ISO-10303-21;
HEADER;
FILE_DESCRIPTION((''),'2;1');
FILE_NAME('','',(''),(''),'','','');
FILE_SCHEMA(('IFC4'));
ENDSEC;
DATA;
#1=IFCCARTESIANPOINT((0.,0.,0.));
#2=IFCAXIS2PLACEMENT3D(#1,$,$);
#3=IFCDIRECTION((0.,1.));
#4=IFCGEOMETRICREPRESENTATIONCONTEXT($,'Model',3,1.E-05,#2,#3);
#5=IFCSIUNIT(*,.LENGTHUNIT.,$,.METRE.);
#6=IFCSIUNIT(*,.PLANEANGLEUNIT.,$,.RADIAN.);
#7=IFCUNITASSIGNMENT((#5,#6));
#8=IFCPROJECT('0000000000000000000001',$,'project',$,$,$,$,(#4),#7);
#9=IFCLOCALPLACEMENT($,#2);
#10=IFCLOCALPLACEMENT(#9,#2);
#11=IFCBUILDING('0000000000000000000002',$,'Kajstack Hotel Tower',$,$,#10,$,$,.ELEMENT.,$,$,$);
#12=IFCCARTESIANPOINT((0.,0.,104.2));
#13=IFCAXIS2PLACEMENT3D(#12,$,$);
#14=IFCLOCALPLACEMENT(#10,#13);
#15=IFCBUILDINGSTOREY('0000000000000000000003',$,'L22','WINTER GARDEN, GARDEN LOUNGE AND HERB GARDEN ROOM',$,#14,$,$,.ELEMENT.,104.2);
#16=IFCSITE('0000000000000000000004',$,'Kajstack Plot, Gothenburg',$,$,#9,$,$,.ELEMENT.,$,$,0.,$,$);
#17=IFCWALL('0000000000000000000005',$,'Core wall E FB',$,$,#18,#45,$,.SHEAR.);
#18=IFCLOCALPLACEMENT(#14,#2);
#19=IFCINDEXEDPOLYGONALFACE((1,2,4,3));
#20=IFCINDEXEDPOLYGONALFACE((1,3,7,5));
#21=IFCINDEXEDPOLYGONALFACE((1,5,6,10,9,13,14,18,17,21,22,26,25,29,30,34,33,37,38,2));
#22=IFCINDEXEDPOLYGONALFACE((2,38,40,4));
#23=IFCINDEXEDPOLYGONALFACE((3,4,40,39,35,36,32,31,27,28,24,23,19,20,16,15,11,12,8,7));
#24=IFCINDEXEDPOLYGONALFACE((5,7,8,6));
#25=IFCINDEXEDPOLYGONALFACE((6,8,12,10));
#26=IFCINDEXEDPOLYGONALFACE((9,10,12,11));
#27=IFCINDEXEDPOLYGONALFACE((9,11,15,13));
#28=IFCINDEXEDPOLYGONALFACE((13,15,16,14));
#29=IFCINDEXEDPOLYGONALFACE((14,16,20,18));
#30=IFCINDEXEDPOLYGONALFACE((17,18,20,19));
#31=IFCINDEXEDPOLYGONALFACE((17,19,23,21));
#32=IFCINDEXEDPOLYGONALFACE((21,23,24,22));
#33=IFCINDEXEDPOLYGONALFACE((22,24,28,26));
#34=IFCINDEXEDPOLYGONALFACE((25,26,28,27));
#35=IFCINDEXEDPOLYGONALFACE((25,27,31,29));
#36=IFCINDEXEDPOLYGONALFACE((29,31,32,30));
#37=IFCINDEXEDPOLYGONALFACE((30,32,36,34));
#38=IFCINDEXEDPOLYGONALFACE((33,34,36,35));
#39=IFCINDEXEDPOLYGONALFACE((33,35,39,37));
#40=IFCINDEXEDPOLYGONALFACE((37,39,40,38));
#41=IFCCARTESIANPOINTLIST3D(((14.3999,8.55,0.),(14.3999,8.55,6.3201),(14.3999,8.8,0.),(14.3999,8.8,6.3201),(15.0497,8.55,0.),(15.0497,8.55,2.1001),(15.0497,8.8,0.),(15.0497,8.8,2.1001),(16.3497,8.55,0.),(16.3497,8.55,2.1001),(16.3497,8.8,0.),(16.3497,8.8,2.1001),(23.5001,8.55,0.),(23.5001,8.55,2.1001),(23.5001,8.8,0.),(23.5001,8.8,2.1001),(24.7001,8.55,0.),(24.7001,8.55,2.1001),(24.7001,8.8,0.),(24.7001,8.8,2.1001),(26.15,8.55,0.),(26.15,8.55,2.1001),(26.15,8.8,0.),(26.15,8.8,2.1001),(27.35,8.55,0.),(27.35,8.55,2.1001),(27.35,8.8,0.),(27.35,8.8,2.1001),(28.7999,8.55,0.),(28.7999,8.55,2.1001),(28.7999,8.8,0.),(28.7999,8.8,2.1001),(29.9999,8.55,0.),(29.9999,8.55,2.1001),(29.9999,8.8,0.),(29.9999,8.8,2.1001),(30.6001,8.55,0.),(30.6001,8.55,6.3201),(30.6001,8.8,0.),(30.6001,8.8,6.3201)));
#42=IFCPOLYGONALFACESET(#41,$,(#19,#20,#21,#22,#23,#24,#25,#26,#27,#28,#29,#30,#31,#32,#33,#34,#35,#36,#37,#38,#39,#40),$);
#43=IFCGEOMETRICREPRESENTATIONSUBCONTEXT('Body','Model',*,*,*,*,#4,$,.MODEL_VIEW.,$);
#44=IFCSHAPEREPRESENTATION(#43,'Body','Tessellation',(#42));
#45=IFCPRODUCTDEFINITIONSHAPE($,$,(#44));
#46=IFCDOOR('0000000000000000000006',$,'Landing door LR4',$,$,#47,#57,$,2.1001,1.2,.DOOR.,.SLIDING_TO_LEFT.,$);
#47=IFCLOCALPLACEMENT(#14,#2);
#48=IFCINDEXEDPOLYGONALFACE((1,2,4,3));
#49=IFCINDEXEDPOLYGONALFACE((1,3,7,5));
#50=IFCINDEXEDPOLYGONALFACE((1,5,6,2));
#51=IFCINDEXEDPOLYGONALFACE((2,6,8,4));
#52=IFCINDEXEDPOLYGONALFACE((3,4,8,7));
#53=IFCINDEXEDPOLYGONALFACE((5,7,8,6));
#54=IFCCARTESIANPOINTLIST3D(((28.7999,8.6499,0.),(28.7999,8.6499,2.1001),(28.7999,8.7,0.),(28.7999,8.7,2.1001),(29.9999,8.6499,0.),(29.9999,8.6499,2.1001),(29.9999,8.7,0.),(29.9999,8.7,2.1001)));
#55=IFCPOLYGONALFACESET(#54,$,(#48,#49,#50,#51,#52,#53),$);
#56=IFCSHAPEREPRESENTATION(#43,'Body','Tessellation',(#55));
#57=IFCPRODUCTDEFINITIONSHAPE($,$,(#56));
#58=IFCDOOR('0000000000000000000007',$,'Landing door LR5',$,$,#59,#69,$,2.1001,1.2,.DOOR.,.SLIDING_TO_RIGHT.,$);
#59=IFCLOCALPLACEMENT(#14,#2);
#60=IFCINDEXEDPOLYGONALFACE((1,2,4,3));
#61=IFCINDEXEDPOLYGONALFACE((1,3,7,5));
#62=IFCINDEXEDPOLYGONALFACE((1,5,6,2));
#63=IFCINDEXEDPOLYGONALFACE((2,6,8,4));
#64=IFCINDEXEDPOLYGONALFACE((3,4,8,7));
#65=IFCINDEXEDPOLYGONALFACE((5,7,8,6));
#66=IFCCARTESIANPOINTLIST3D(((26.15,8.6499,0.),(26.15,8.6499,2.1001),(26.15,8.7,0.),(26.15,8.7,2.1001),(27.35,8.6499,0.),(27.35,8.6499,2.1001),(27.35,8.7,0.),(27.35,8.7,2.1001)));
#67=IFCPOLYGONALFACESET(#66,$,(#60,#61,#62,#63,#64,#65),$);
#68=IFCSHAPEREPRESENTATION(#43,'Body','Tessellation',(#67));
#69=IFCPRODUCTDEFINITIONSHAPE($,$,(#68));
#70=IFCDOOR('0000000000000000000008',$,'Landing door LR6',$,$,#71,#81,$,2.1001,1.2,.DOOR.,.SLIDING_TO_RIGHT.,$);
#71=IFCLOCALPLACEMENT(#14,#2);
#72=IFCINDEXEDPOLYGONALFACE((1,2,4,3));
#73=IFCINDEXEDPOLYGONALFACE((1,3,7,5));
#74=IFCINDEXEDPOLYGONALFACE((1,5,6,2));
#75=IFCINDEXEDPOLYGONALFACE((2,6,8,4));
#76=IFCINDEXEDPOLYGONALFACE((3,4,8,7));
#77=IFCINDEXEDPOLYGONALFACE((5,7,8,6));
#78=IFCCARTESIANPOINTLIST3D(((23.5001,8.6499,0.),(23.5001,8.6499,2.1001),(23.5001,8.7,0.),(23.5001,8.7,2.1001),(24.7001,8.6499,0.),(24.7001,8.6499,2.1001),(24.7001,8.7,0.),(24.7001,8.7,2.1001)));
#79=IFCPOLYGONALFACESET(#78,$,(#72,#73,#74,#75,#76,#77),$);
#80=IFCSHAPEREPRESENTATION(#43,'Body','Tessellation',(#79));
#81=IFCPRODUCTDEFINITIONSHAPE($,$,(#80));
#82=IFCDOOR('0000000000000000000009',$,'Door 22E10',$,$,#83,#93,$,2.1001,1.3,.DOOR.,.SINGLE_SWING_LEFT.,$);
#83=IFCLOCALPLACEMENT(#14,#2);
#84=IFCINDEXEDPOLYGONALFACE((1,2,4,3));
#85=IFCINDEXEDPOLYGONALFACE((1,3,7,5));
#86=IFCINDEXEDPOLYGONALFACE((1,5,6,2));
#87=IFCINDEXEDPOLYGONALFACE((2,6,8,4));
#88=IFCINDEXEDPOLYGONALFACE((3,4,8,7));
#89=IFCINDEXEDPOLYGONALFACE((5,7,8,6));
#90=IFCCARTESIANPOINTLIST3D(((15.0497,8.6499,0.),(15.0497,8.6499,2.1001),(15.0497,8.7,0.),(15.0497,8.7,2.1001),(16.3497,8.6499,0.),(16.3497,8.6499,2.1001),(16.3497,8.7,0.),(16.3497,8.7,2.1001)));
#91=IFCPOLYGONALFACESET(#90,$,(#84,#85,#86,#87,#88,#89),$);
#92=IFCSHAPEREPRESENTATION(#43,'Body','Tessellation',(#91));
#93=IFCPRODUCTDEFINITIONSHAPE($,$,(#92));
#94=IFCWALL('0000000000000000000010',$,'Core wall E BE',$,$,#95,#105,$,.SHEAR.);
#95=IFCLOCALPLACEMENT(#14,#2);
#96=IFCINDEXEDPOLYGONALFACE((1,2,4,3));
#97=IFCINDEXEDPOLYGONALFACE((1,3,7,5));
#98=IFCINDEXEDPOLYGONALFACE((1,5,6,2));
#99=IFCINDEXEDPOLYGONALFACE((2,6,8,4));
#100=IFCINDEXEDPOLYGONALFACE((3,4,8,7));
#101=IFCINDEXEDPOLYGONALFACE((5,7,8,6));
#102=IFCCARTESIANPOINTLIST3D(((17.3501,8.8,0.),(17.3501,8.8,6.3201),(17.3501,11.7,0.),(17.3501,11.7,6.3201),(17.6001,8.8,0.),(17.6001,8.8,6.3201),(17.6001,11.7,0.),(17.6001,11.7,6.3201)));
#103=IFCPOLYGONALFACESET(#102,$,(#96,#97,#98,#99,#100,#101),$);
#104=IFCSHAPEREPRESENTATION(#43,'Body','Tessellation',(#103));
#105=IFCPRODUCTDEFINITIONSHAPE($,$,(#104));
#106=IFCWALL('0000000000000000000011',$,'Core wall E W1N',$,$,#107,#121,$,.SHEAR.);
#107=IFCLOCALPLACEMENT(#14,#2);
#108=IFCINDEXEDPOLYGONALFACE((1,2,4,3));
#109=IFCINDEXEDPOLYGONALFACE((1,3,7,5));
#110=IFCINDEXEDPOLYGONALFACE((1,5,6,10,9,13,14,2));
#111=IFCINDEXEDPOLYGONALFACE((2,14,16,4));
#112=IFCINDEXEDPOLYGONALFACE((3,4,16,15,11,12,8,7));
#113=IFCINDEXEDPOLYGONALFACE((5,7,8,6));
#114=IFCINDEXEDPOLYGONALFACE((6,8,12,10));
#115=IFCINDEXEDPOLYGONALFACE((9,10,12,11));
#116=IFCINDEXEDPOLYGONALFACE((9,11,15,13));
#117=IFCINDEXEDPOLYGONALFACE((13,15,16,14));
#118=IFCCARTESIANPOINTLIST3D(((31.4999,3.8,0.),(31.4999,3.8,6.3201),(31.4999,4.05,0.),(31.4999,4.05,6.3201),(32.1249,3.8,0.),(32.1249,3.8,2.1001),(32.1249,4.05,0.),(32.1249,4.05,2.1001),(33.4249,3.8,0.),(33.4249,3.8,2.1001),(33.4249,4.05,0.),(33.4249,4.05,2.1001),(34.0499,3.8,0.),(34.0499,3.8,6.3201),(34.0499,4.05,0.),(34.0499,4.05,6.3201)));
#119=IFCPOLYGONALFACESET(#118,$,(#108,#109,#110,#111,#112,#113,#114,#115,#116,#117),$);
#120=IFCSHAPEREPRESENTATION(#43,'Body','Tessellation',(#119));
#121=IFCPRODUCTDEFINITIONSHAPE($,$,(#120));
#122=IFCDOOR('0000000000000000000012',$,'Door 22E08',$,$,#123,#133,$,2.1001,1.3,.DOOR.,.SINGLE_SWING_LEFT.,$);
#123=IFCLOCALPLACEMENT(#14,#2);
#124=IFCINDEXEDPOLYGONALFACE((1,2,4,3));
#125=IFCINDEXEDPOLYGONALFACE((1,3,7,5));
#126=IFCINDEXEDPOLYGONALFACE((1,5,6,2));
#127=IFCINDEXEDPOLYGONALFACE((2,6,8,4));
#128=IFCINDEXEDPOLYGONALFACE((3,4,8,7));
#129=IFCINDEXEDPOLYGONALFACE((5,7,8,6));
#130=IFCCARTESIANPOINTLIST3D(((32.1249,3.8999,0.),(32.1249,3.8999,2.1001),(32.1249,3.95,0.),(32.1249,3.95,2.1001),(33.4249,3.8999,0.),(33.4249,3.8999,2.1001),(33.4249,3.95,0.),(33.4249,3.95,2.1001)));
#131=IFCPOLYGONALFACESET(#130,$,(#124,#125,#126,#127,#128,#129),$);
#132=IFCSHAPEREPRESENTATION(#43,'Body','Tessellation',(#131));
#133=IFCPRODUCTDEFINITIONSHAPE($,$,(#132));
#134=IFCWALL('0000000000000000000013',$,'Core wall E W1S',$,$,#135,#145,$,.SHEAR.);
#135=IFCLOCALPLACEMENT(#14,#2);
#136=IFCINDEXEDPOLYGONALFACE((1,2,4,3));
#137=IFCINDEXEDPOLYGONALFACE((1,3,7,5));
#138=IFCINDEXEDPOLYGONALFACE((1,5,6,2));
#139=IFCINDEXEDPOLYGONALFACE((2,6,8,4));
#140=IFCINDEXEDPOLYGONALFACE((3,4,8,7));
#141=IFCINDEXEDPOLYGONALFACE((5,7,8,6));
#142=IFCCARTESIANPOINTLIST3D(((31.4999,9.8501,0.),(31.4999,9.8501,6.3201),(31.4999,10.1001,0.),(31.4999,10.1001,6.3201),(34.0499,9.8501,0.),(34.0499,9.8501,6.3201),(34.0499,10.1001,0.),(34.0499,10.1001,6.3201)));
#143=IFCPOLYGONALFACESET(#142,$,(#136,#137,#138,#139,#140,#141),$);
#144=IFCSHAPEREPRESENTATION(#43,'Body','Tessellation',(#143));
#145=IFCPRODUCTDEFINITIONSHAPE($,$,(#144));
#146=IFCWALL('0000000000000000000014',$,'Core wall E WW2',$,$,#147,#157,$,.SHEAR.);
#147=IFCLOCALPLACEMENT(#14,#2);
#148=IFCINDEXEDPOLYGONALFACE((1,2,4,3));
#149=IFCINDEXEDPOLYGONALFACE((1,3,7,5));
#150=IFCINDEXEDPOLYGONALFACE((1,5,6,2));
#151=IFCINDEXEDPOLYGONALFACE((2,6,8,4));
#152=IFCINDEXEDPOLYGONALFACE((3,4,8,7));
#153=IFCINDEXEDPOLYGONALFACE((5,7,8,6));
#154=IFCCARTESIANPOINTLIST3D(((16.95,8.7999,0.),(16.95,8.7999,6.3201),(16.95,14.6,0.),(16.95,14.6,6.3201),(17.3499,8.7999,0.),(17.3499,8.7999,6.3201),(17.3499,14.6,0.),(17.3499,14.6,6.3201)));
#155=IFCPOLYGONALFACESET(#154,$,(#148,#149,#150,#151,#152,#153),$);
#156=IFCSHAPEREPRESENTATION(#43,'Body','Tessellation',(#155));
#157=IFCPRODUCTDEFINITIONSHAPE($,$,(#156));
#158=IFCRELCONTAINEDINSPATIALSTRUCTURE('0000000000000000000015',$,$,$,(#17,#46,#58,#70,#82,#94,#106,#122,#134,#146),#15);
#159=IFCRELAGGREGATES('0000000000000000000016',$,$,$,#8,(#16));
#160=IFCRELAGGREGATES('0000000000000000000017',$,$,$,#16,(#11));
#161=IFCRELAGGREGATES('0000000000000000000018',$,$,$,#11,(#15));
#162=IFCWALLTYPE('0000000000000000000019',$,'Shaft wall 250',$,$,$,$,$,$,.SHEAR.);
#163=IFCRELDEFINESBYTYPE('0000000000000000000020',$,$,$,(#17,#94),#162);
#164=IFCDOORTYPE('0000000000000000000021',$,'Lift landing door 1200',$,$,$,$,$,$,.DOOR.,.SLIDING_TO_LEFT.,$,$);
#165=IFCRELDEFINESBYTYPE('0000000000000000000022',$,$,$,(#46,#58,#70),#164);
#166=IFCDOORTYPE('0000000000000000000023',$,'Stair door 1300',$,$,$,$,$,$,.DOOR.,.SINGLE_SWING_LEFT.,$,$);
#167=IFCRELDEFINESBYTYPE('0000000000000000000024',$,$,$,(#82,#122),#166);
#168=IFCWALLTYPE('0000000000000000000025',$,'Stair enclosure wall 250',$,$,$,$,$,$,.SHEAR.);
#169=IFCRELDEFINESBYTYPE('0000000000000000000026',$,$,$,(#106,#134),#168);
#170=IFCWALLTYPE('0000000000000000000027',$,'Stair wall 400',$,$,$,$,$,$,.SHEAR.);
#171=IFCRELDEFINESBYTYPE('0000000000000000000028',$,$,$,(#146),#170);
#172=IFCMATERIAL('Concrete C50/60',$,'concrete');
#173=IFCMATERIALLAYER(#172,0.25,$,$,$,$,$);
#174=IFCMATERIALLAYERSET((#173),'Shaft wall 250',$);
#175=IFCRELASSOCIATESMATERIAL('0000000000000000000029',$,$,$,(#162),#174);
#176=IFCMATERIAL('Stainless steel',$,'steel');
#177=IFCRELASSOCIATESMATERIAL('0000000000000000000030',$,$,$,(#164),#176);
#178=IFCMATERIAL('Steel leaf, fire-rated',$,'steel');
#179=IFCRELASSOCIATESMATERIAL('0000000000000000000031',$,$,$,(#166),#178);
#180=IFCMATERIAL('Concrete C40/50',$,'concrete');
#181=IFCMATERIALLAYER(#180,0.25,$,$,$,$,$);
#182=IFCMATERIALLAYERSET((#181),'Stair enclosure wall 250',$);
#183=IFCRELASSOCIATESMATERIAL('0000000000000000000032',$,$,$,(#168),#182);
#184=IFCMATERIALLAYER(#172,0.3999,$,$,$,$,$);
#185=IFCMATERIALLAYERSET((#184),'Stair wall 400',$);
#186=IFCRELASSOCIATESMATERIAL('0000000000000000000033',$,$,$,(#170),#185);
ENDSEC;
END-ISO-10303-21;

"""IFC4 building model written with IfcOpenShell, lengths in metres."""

from ifc_helpers import new_model, si_unit, direction, frame, frame_2d, origin, place, context, subcontext, project, spatial, rectangle, extrude, material, layer, layer_set, type_object, element, fill, save


model = new_model("IFC4")

# Units and contexts
model_context = context("Model", 3, precision=1e-05, world=origin(), true_north=direction((0.0, 1.0)))
body_context = subcontext(model_context, "Body", "Model", "MODEL_VIEW")
ifc_project = project(units=[si_unit("LENGTHUNIT", "METRE"), si_unit("PLANEANGLEUNIT", "RADIAN")], contexts=[model_context])

# Site, building, storey
site_placement = place(None, origin())
site = spatial("IfcSite", under=ifc_project, at=site_placement, Name="Kajstack Plot, Gothenburg", CompositionType="ELEMENT", RefElevation=0.0)
building_placement = place(site_placement, origin())
building = spatial("IfcBuilding", under=site, at=building_placement, Name="Kajstack Hotel Tower", CompositionType="ELEMENT")
storey_placement = place(building_placement, frame((0.0, 0.0, 104.2)))
storey = spatial("IfcBuildingStorey", under=building, at=storey_placement, Name="L22", Description="WINTER GARDEN, GARDEN LOUNGE AND HERB GARDEN ROOM", CompositionType="ELEMENT", Elevation=104.2)

# Shared definitions
ifc_material_1 = material(Name="Stainless steel", Category="steel")

# Shared definitions
ifc_material_2 = material(Name="Concrete C50/60", Category="concrete")

# Shared definitions
ifc_material_3 = material(Name="Steel leaf, fire-rated", Category="steel")

# Shared definitions
ifc_layer_1 = layer(ifc_material_2, 0.25)
ifc_layer_set_1 = layer_set([ifc_layer_1], Name="Shaft wall 250")
wall_type_1 = type_object("IfcWallType", Name="Shaft wall 250", PredefinedType="SHEAR", material=ifc_layer_set_1)

# Wall, openings, doors
wall_1_placement = place(storey_placement, frame((14.3999, 8.675, 0.0), z_axis=(0.0, 0.0, 1.0), x_axis=(1.0, 0.0, 0.0)))
wall_1 = element("IfcWall", 1, at=wall_1_placement, inside=storey, type_object=wall_type_1, Name="Core wall E FB", PredefinedType="SHEAR", context=body_context, shape_type="SweptSolid", body=[
    extrude(rectangle(XDim=16.2002, YDim=0.25, at=frame_2d((8.1001, 0.0))), origin(), (0.0, 0.0, 1.0), 6.3201),
])
opening_1_placement = place(wall_1_placement, frame((14.3999, 0.0, 0.0)))
opening_1 = element("IfcOpeningElement", 2, at=opening_1_placement, cuts=wall_1, PredefinedType="OPENING", context=body_context, shape_type="SweptSolid", body=[
    extrude(rectangle(XDim=1.2, YDim=2.1001, at=frame_2d((0.6001, 1.05))), frame((0.0, 0.135, 0.0), z_axis=(0.0, -1.0, 0.0), x_axis=(1.0, 0.0, 0.0)), (0.0, 0.0, 1.0), 0.27),
])
opening_2_placement = place(wall_1_placement, frame((11.75, 0.0, 0.0)))
opening_2 = element("IfcOpeningElement", 3, at=opening_2_placement, cuts=wall_1, PredefinedType="OPENING", context=body_context, shape_type="SweptSolid", body=[
    extrude(rectangle(XDim=1.2, YDim=2.1001, at=frame_2d((0.6001, 1.05))), frame((0.0, 0.135, 0.0), z_axis=(0.0, -1.0, 0.0), x_axis=(1.0, 0.0, 0.0)), (0.0, 0.0, 1.0), 0.27),
])
opening_3_placement = place(wall_1_placement, frame((9.1001, 0.0, 0.0)))
opening_3 = element("IfcOpeningElement", 4, at=opening_3_placement, cuts=wall_1, PredefinedType="OPENING", context=body_context, shape_type="SweptSolid", body=[
    extrude(rectangle(XDim=1.2, YDim=2.1001, at=frame_2d((0.6001, 1.05))), frame((0.0, 0.135, 0.0), z_axis=(0.0, -1.0, 0.0), x_axis=(1.0, 0.0, 0.0)), (0.0, 0.0, 1.0), 0.27),
])
opening_4_placement = place(wall_1_placement, frame((0.6499, 0.0, 0.0)))
opening_4 = element("IfcOpeningElement", 5, at=opening_4_placement, cuts=wall_1, PredefinedType="OPENING", context=body_context, shape_type="SweptSolid", body=[
    extrude(rectangle(XDim=1.3, YDim=2.1001, at=frame_2d((0.6499, 1.05))), frame((0.0, 0.135, 0.0), z_axis=(0.0, -1.0, 0.0), x_axis=(1.0, 0.0, 0.0)), (0.0, 0.0, 1.0), 0.27),
])
door_type_1 = type_object("IfcDoorType", Name="Lift landing door 1200", OperationType="SLIDING_TO_LEFT", PredefinedType="DOOR", material=ifc_material_1)
door_1_placement = place(opening_1_placement, origin())
door_1 = element("IfcDoor", 6, at=door_1_placement, inside=storey, type_object=door_type_1, Name="Landing door LR4", OperationType="SLIDING_TO_LEFT", OverallHeight=2.1001, OverallWidth=1.2, PredefinedType="DOOR", context=body_context, shape_type="SweptSolid", body=[
    extrude(rectangle(XDim=1.2, YDim=2.1001, at=frame_2d((0.6001, 1.05))), frame((0.0, 0.0249, 0.0), z_axis=(0.0, -1.0, 0.0), x_axis=(1.0, 0.0, 0.0)), (0.0, 0.0, 1.0), 0.05),
])
fill(opening_1, door_1)
door_2_placement = place(opening_2_placement, origin())
door_2 = element("IfcDoor", 7, at=door_2_placement, inside=storey, type_object=door_type_1, Name="Landing door LR5", OperationType="SLIDING_TO_RIGHT", OverallHeight=2.1001, OverallWidth=1.2, PredefinedType="DOOR", context=body_context, shape_type="SweptSolid", body=[
    extrude(rectangle(XDim=1.2, YDim=2.1001, at=frame_2d((0.6001, 1.05))), frame((0.0, 0.0249, 0.0), z_axis=(0.0, -1.0, 0.0), x_axis=(1.0, 0.0, 0.0)), (0.0, 0.0, 1.0), 0.05),
])
fill(opening_2, door_2)
door_3_placement = place(opening_3_placement, origin())
door_3 = element("IfcDoor", 8, at=door_3_placement, inside=storey, type_object=door_type_1, Name="Landing door LR6", OperationType="SLIDING_TO_RIGHT", OverallHeight=2.1001, OverallWidth=1.2, PredefinedType="DOOR", context=body_context, shape_type="SweptSolid", body=[
    extrude(rectangle(XDim=1.2, YDim=2.1001, at=frame_2d((0.6001, 1.05))), frame((0.0, 0.0249, 0.0), z_axis=(0.0, -1.0, 0.0), x_axis=(1.0, 0.0, 0.0)), (0.0, 0.0, 1.0), 0.05),
])
fill(opening_3, door_3)
door_type_2 = type_object("IfcDoorType", Name="Stair door 1300", OperationType="SINGLE_SWING_LEFT", PredefinedType="DOOR", material=ifc_material_3)
door_4_placement = place(opening_4_placement, origin())
door_4 = element("IfcDoor", 9, at=door_4_placement, inside=storey, type_object=door_type_2, Name="Door 22E10", OperationType="SINGLE_SWING_LEFT", OverallHeight=2.1001, OverallWidth=1.3, PredefinedType="DOOR", context=body_context, shape_type="SweptSolid", body=[
    extrude(rectangle(XDim=1.3, YDim=2.1001, at=frame_2d((0.6499, 1.05))), frame((0.0, 0.0249, 0.0), z_axis=(0.0, -1.0, 0.0), x_axis=(1.0, 0.0, 0.0)), (0.0, 0.0, 1.0), 0.05),
])
fill(opening_4, door_4)

# Wall
wall_2_placement = place(storey_placement, frame((17.4751, 8.8, 0.0), z_axis=(0.0, 0.0, 1.0), x_axis=(0.0, 1.0, 0.0)))
element("IfcWall", 10, at=wall_2_placement, inside=storey, type_object=wall_type_1, Name="Core wall E BE", PredefinedType="SHEAR", context=body_context, shape_type="SweptSolid", body=[
    extrude(rectangle(XDim=2.8999, YDim=0.25, at=frame_2d((1.45, 0.0))), origin(), (0.0, 0.0, 1.0), 6.3201),
])

# Wall, opening, door
ifc_material_4 = material(Name="Concrete C40/50", Category="concrete")
ifc_layer_2 = layer(ifc_material_4, 0.25)
ifc_layer_set_2 = layer_set([ifc_layer_2], Name="Stair enclosure wall 250")
wall_type_2 = type_object("IfcWallType", Name="Stair enclosure wall 250", PredefinedType="SHEAR", material=ifc_layer_set_2)
wall_3_placement = place(storey_placement, frame((31.5, 3.925, 0.0), z_axis=(0.0, 0.0, 1.0), x_axis=(1.0, 0.0, 0.0)))
wall_3 = element("IfcWall", 11, at=wall_3_placement, inside=storey, type_object=wall_type_2, Name="Core wall E W1N", PredefinedType="SHEAR", context=body_context, shape_type="SweptSolid", body=[
    extrude(rectangle(XDim=2.55, YDim=0.25, at=frame_2d((1.2749, 0.0))), origin(), (0.0, 0.0, 1.0), 6.3201),
])
opening_5_placement = place(wall_3_placement, frame((0.625, 0.0, 0.0)))
opening_5 = element("IfcOpeningElement", 12, at=opening_5_placement, cuts=wall_3, PredefinedType="OPENING", context=body_context, shape_type="SweptSolid", body=[
    extrude(rectangle(XDim=1.3, YDim=2.1001, at=frame_2d((0.6499, 1.05))), frame((0.0, 0.135, 0.0), z_axis=(0.0, -1.0, 0.0), x_axis=(1.0, 0.0, 0.0)), (0.0, 0.0, 1.0), 0.27),
])
door_5_placement = place(opening_5_placement, origin())
door_5 = element("IfcDoor", 13, at=door_5_placement, inside=storey, type_object=door_type_2, Name="Door 22E08", OperationType="SINGLE_SWING_LEFT", OverallHeight=2.1001, OverallWidth=1.3, PredefinedType="DOOR", context=body_context, shape_type="SweptSolid", body=[
    extrude(rectangle(XDim=1.3, YDim=2.1001, at=frame_2d((0.6499, 1.05))), frame((0.0, 0.0249, 0.0), z_axis=(0.0, -1.0, 0.0), x_axis=(1.0, 0.0, 0.0)), (0.0, 0.0, 1.0), 0.05),
])
fill(opening_5, door_5)

# Walls
wall_4_placement = place(storey_placement, frame((31.5, 9.9751, 0.0), z_axis=(0.0, 0.0, 1.0), x_axis=(1.0, 0.0, 0.0)))
element("IfcWall", 14, at=wall_4_placement, inside=storey, type_object=wall_type_2, Name="Core wall E W1S", PredefinedType="SHEAR", context=body_context, shape_type="SweptSolid", body=[
    extrude(rectangle(XDim=2.55, YDim=0.25, at=frame_2d((1.2749, 0.0))), origin(), (0.0, 0.0, 1.0), 6.3201),
])
ifc_layer_3 = layer(ifc_material_2, 0.3999)
ifc_layer_set_3 = layer_set([ifc_layer_3], Name="Stair wall 400")
wall_type_3 = type_object("IfcWallType", Name="Stair wall 400", PredefinedType="SHEAR", material=ifc_layer_set_3)
wall_5_placement = place(storey_placement, frame((17.1499, 8.8, 0.0), z_axis=(0.0, 0.0, 1.0), x_axis=(0.0, 1.0, 0.0)))
element("IfcWall", 15, at=wall_5_placement, inside=storey, type_object=wall_type_3, Name="Core wall E WW2", PredefinedType="SHEAR", context=body_context, shape_type="SweptSolid", body=[
    extrude(rectangle(XDim=5.8, YDim=0.3999, at=frame_2d((2.8999, 0.0))), origin(), (0.0, 0.0, 1.0), 6.3201),
])

save(model, "model.ifc")
